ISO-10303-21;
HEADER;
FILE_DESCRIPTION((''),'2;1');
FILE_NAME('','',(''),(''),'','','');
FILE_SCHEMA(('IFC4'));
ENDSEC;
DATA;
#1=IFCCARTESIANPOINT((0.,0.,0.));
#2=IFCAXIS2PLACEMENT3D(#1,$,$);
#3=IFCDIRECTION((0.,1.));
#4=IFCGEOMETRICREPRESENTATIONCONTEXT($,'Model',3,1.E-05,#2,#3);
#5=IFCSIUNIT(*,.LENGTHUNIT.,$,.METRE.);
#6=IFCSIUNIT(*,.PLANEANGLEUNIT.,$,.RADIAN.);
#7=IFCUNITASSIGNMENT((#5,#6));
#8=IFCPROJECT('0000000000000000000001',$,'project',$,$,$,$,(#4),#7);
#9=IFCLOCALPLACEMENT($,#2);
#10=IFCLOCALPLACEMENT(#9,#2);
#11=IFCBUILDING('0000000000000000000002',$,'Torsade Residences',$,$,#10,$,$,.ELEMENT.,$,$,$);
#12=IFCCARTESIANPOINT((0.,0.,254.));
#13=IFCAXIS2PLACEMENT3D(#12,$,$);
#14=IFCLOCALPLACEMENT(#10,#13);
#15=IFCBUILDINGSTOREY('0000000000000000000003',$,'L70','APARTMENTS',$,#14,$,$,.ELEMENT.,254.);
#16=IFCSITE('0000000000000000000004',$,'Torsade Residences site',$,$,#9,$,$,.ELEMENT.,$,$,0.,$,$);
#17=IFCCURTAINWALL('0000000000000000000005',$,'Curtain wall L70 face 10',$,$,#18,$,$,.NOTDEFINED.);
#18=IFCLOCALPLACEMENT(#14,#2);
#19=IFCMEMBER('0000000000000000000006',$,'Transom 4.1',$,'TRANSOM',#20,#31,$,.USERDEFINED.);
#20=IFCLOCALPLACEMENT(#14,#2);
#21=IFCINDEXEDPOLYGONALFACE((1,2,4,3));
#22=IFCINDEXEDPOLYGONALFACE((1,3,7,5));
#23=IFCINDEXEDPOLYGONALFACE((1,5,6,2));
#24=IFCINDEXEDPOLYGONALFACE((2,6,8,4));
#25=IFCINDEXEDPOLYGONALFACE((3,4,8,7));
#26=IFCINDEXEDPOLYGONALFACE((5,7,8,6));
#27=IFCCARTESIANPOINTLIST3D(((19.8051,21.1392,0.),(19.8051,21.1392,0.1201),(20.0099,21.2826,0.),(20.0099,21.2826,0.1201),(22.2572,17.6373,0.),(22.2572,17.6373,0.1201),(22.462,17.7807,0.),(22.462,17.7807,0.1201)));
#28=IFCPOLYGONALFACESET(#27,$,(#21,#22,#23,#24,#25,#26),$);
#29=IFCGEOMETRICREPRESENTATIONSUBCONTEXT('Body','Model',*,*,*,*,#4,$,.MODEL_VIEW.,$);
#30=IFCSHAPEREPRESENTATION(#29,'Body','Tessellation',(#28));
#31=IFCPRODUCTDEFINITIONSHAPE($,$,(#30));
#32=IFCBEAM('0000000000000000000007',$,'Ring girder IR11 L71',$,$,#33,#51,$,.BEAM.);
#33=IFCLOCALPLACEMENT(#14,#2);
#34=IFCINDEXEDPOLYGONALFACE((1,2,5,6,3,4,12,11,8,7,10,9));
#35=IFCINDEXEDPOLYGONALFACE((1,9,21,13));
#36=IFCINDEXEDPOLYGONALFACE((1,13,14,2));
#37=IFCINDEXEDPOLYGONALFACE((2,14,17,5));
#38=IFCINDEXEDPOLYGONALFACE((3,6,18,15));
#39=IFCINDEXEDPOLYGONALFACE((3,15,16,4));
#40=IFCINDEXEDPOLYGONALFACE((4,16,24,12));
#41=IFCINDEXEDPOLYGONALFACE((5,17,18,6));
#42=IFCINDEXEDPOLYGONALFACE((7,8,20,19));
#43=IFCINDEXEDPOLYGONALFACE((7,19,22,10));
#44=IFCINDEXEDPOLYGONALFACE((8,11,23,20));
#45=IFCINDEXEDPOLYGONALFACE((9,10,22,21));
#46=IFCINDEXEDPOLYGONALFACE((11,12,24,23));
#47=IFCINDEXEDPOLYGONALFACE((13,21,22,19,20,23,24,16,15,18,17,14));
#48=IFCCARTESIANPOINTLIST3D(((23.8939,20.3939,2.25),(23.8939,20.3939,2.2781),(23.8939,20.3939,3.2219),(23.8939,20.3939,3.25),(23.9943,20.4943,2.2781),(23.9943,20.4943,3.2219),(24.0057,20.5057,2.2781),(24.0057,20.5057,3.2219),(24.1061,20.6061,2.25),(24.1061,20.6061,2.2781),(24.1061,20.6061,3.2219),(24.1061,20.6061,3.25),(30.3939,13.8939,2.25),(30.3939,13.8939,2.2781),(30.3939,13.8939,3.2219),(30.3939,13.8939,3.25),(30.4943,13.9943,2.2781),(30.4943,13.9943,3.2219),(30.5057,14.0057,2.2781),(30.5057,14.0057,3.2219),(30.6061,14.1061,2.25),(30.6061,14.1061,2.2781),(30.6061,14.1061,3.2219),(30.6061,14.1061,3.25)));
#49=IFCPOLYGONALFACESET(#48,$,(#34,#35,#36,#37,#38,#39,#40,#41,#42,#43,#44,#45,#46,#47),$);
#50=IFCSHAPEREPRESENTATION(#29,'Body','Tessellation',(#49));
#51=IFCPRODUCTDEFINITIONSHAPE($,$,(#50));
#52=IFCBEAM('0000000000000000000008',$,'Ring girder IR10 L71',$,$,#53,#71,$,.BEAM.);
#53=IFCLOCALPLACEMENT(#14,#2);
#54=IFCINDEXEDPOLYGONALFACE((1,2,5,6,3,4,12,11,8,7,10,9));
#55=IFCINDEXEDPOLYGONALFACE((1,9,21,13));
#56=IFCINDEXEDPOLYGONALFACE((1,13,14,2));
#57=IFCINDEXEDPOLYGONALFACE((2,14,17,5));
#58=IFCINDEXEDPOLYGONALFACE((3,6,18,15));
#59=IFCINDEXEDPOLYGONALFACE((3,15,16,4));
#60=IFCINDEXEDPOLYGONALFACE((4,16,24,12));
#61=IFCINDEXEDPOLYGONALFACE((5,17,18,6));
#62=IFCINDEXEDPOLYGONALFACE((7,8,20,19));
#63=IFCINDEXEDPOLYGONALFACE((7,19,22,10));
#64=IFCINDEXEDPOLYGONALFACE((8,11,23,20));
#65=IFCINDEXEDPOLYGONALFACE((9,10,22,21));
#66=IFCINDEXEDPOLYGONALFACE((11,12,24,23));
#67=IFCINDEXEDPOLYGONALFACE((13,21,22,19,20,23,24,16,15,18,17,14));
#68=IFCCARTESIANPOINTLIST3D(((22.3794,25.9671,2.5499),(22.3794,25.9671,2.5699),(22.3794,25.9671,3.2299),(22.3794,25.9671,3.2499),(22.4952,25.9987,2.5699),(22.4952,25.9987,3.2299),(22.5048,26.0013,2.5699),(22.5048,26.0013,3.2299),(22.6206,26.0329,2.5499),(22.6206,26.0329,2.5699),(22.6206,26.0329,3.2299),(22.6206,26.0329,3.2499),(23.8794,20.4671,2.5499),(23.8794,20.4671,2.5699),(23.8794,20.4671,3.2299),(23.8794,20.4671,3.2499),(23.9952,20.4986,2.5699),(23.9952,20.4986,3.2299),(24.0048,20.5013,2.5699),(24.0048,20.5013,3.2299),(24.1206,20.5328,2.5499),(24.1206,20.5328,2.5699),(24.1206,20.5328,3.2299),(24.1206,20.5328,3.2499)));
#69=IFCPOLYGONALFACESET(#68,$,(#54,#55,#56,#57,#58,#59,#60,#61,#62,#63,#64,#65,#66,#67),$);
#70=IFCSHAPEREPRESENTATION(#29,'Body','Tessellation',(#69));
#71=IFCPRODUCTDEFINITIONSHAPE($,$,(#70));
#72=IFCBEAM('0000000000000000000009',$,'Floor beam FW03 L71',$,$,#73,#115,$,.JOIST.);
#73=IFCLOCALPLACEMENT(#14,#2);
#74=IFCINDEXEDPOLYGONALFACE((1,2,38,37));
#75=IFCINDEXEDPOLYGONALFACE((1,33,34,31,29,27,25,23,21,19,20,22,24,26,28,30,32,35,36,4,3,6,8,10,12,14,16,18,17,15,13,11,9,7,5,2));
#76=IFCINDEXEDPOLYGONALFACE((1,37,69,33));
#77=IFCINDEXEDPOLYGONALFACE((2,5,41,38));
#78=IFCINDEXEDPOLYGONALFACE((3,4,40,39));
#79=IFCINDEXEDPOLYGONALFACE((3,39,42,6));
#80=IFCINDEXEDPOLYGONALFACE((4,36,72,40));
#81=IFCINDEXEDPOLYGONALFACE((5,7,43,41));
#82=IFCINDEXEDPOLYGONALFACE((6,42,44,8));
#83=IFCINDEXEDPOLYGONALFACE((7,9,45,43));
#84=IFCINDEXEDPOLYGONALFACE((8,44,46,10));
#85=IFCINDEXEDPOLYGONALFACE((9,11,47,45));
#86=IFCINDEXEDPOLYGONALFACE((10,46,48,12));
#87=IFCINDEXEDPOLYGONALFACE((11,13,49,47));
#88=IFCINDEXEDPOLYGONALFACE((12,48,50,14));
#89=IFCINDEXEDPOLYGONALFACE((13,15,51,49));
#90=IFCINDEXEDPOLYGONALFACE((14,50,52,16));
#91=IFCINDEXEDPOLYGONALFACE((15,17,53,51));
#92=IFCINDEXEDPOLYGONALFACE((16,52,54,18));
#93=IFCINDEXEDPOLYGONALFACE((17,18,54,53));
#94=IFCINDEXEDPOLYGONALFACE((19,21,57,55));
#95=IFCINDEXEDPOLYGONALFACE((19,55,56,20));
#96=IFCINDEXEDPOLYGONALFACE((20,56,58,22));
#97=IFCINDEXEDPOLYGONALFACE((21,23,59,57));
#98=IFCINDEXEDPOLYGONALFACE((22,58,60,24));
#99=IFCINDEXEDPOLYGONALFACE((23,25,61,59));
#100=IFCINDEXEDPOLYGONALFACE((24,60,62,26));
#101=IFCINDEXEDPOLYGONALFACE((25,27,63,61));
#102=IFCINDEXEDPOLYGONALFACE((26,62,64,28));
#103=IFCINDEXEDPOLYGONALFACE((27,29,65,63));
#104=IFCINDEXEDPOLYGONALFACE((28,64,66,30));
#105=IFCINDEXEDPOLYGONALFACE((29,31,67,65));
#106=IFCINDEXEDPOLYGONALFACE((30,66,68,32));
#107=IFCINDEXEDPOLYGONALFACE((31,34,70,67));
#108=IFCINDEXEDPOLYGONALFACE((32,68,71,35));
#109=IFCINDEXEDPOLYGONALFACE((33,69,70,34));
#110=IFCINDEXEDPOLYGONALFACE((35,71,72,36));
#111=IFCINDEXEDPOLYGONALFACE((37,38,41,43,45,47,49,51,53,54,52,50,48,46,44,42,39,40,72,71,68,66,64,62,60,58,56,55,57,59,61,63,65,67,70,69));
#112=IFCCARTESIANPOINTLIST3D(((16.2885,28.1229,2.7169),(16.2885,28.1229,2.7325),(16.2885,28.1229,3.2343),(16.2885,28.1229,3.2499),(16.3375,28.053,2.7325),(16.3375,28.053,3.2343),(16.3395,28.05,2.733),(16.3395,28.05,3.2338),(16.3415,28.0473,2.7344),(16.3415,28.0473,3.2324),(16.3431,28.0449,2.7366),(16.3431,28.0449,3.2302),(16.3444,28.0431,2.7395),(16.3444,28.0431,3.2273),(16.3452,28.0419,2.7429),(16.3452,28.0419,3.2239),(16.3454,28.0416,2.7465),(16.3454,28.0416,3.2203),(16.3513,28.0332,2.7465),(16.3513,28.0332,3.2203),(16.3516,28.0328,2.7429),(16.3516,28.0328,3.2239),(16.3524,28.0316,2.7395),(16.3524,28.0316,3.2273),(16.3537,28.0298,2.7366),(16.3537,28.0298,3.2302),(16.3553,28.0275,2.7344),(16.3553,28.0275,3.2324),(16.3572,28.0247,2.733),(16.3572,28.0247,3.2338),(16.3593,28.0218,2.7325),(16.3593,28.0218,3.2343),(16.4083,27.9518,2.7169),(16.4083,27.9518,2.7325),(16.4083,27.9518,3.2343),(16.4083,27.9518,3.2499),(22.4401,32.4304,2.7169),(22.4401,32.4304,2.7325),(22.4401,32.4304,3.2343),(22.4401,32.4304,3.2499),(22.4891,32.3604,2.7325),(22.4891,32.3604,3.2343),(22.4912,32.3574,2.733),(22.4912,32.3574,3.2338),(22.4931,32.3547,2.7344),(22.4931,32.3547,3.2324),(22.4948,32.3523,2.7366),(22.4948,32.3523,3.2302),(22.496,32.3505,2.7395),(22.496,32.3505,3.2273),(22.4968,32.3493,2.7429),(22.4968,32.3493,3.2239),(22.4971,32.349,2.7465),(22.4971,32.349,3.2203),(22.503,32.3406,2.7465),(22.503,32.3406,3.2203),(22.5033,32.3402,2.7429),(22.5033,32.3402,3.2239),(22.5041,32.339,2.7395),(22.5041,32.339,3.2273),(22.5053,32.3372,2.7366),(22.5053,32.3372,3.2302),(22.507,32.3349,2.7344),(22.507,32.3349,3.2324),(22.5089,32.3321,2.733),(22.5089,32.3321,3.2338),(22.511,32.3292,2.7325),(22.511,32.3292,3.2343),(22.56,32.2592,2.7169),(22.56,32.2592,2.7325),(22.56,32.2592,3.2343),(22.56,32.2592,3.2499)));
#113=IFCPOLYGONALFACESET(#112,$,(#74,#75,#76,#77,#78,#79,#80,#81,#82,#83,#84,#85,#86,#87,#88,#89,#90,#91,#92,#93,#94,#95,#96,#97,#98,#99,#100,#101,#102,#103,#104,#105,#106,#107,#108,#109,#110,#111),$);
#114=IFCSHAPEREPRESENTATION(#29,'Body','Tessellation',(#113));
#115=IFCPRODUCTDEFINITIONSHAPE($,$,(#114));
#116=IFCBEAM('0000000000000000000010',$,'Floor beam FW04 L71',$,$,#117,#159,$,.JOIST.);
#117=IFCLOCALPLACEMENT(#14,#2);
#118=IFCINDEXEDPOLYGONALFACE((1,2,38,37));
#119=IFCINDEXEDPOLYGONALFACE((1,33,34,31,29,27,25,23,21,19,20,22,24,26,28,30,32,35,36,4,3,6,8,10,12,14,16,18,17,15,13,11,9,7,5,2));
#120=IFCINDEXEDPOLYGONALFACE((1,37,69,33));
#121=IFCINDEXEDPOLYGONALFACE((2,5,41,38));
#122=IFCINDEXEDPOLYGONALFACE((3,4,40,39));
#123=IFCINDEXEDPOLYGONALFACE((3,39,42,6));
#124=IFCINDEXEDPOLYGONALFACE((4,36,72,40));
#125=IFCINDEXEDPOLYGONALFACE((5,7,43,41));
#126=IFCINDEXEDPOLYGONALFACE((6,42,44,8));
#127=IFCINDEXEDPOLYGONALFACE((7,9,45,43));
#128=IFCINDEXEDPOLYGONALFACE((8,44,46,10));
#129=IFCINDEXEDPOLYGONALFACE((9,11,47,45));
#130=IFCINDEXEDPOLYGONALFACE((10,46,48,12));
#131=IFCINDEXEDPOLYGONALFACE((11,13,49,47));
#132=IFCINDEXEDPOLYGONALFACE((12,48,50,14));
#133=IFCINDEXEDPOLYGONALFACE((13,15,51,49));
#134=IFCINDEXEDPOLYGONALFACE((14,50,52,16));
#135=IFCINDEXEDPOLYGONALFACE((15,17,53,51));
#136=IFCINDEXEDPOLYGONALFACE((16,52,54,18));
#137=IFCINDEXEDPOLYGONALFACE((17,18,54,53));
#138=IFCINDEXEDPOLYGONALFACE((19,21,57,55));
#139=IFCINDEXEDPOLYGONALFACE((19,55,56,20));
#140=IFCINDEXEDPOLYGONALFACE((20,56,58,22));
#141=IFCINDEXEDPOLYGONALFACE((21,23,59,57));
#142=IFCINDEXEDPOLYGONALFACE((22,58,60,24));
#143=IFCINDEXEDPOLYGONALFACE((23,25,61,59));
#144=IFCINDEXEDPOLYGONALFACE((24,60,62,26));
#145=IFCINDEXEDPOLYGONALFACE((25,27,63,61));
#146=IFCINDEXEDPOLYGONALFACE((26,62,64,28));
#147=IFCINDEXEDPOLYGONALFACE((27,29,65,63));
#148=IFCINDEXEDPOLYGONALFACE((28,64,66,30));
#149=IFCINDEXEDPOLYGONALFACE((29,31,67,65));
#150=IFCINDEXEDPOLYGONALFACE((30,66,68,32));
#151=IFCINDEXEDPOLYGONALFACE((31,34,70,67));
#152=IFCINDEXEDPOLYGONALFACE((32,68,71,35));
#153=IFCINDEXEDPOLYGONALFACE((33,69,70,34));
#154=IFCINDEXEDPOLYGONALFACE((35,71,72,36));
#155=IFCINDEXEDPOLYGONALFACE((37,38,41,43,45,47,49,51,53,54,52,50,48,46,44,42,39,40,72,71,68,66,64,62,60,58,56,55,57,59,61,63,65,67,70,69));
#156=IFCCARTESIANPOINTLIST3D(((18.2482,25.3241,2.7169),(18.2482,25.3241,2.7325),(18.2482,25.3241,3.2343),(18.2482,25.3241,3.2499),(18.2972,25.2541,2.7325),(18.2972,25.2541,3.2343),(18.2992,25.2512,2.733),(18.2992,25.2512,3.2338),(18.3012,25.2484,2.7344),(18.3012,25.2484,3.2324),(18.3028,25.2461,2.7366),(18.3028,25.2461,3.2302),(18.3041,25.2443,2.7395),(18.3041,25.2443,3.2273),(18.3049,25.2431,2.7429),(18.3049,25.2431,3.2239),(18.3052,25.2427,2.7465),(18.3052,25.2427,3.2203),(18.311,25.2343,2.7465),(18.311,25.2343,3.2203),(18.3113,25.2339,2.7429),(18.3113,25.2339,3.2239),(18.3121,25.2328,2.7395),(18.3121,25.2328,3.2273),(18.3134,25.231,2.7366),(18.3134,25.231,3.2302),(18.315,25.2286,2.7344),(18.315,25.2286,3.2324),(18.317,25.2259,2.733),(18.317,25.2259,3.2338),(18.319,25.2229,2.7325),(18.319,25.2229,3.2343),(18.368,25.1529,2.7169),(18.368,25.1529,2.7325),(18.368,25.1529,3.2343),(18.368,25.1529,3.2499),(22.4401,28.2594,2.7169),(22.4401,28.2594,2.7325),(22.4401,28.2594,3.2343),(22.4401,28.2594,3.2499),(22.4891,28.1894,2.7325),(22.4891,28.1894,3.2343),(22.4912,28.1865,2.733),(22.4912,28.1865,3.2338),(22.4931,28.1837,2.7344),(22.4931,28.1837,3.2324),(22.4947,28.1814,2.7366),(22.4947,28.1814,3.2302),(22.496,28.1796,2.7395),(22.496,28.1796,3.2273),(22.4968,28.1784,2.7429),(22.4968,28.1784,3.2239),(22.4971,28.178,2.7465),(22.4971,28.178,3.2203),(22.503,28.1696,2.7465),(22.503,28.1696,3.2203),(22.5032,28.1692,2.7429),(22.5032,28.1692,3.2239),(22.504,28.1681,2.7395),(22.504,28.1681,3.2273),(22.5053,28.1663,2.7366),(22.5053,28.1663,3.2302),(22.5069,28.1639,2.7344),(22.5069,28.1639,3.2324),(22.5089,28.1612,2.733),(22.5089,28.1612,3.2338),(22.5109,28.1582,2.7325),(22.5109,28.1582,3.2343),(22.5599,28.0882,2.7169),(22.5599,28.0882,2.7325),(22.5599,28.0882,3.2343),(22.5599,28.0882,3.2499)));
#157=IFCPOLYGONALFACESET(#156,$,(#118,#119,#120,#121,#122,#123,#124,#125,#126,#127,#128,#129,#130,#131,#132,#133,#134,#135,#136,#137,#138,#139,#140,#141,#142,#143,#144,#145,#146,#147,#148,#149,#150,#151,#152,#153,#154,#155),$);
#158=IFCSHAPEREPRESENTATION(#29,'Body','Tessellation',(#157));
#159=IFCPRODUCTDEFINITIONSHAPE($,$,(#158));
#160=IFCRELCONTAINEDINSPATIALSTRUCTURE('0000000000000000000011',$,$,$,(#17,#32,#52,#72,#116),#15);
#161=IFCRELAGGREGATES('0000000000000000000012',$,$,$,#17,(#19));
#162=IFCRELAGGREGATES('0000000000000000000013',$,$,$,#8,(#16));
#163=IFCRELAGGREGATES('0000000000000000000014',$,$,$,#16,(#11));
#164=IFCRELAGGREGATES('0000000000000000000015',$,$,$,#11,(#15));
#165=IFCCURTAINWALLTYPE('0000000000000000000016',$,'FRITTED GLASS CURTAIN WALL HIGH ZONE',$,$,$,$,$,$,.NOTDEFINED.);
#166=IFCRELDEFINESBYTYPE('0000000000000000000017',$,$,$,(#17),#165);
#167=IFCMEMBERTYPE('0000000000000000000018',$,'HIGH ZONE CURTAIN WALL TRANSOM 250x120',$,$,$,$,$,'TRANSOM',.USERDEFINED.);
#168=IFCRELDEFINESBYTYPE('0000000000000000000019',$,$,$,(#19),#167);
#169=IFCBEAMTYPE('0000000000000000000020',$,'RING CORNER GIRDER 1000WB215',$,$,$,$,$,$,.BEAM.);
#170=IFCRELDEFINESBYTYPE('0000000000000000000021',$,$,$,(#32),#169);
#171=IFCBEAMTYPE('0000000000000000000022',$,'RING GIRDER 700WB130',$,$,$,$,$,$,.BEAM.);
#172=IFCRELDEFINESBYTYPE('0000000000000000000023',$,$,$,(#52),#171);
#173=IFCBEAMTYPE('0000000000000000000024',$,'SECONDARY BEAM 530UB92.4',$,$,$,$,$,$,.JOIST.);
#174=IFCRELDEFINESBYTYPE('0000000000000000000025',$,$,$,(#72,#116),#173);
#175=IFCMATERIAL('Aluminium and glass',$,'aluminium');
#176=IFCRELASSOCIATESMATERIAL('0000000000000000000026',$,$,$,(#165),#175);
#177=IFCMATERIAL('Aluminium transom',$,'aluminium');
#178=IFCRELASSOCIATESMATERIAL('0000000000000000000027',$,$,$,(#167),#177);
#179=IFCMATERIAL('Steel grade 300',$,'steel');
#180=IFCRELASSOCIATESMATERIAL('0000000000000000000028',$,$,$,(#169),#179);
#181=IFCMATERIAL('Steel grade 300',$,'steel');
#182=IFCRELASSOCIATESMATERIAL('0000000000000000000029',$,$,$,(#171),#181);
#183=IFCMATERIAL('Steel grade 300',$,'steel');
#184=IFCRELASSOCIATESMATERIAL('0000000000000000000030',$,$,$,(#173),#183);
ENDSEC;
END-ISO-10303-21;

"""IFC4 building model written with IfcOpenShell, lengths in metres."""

from ifc_helpers import new_model, si_unit, direction, frame, origin, origin_2d, place, context, subcontext, project, spatial, rectangle, i_section, extrude, material, material_profile, profile_set, type_object, element, aggregate, save


model = new_model("IFC4")

# Units and contexts
model_context = context("Model", 3, precision=1e-05, world=origin(), true_north=direction((0.0, 1.0)))
body_context = subcontext(model_context, "Body", "Model", "MODEL_VIEW")
ifc_project = project(units=[si_unit("LENGTHUNIT", "METRE"), si_unit("PLANEANGLEUNIT", "RADIAN")], contexts=[model_context])

# Site, building, storey
site_placement = place(None, origin())
site = spatial("IfcSite", under=ifc_project, at=site_placement, Name="Torsade Residences site", CompositionType="ELEMENT", RefElevation=0.0)
building_placement = place(site_placement, origin())
building = spatial("IfcBuilding", under=site, at=building_placement, Name="Torsade Residences", CompositionType="ELEMENT")
storey_placement = place(building_placement, frame((0.0, 0.0, 254.0)))
storey = spatial("IfcBuildingStorey", under=building, at=storey_placement, Name="L70", Description="APARTMENTS", CompositionType="ELEMENT", Elevation=254.0)

# Curtain wall, member
ifc_material_1 = material(Name="Aluminium and glass", Category="aluminium")
curtain_wall_type = type_object("IfcCurtainWallType", Name="FRITTED GLASS CURTAIN WALL HIGH ZONE", PredefinedType="NOTDEFINED", material=ifc_material_1)
curtain_wall_placement = place(storey_placement, origin())
curtain_wall = element("IfcCurtainWall", 1, at=curtain_wall_placement, inside=storey, type_object=curtain_wall_type, Name="Curtain wall L70 face 10", PredefinedType="NOTDEFINED")
ifc_material_2 = material(Name="Aluminium transom", Category="aluminium")
ifc_material_profile_1 = material_profile(ifc_material_2, rectangle(XDim=0.25, YDim=0.1201, at=origin_2d()), Name="HIGH ZONE CURTAIN WALL TRANSOM 250x120")
ifc_profile_set_1 = profile_set([ifc_material_profile_1], Name="Aluminium transom")
member_type_1 = type_object("IfcMemberType", Name="HIGH ZONE CURTAIN WALL TRANSOM 250x120", ElementType="TRANSOM", PredefinedType="USERDEFINED", material=ifc_profile_set_1)
member_1_placement = place(storey_placement, frame((19.9075, 21.2109, 0.0601), z_axis=(0.573585, -0.819146, 0.0), x_axis=(0.819146, 0.573585, 0.0)))
member_1 = element("IfcMember", 2, at=member_1_placement, type_object=member_type_1, Name="Transom 4.1", ObjectType="TRANSOM", PredefinedType="USERDEFINED", context=body_context, shape_type="SweptSolid", body=[
    extrude(rectangle(XDim=0.25, YDim=0.1201, at=origin_2d()), origin(), (0.0, 0.0, 1.0), 4.2751),
])

# Beams
ifc_material_3 = material(Name="Steel grade 300", Category="steel")
ifc_material_profile_2 = material_profile(ifc_material_3, i_section(OverallWidth=0.3, OverallDepth=1.0, WebThickness=0.0161, FlangeThickness=0.0281, at=origin_2d()), Name="1000WB215")
ifc_profile_set_2 = profile_set([ifc_material_profile_2], Name="Steel grade 300")
beam_type_1 = type_object("IfcBeamType", Name="RING CORNER GIRDER 1000WB215", PredefinedType="BEAM", material=ifc_profile_set_2)
beam_1_placement = place(storey_placement, frame((24.0, 20.5, 2.75), z_axis=(0.707107, -0.707107, 0.0), x_axis=(0.707107, 0.707107, 0.0)))
element("IfcBeam", 3, at=beam_1_placement, inside=storey, type_object=beam_type_1, Name="Ring girder IR11 L71", PredefinedType="BEAM", context=body_context, shape_type="SweptSolid", body=[
    extrude(i_section(OverallWidth=0.3, OverallDepth=1.0, WebThickness=0.0161, FlangeThickness=0.0281, at=origin_2d()), origin(), (0.0, 0.0, 1.0), 9.1924),
])
ifc_material_4 = material(Name="Steel grade 300", Category="steel")
ifc_material_profile_3 = material_profile(ifc_material_4, i_section(OverallWidth=0.25, OverallDepth=0.7, WebThickness=0.01, FlangeThickness=0.02, at=origin_2d()), Name="700WB130")
ifc_profile_set_3 = profile_set([ifc_material_profile_3], Name="Steel grade 300")
beam_type_2 = type_object("IfcBeamType", Name="RING GIRDER 700WB130", PredefinedType="BEAM", material=ifc_profile_set_3)
beam_2_placement = place(storey_placement, frame((22.5, 26.0, 2.8999), z_axis=(0.263117, -0.964764, 0.0), x_axis=(0.964764, 0.263117, 0.0)))
element("IfcBeam", 4, at=beam_2_placement, inside=storey, type_object=beam_type_2, Name="Ring girder IR10 L71", PredefinedType="BEAM", context=body_context, shape_type="SweptSolid", body=[
    extrude(i_section(OverallWidth=0.25, OverallDepth=0.7, WebThickness=0.01, FlangeThickness=0.02, at=origin_2d()), origin(), (0.0, 0.0, 1.0), 5.7009),
])
ifc_material_5 = material(Name="Steel grade 300", Category="steel")
ifc_material_profile_4 = material_profile(ifc_material_5, i_section(OverallWidth=0.209, OverallDepth=0.533, WebThickness=0.0103, FlangeThickness=0.0156, FilletRadius=0.0139, at=origin_2d()), Name="530UB92.4")
ifc_profile_set_4 = profile_set([ifc_material_profile_4], Name="Steel grade 300")
beam_type_3 = type_object("IfcBeamType", Name="SECONDARY BEAM 530UB92.4", PredefinedType="JOIST", material=ifc_profile_set_4)
beam_3_placement = place(storey_placement, frame((16.3484, 28.0374, 2.9834), z_axis=(0.819154, 0.573574, 0.0), x_axis=(-0.573574, 0.819154, 0.0)))
element("IfcBeam", 5, at=beam_3_placement, inside=storey, type_object=beam_type_3, Name="Floor beam FW03 L71", PredefinedType="JOIST", context=body_context, shape_type="SweptSolid", body=[
    extrude(i_section(OverallWidth=0.209, OverallDepth=0.533, WebThickness=0.0103, FlangeThickness=0.0156, FilletRadius=0.0139, at=origin_2d()), origin(), (0.0, 0.0, 1.0), 7.5098),
])
beam_4_placement = place(storey_placement, frame((18.3081, 25.2385, 2.9834), z_axis=(0.819142, 0.57359, 0.0), x_axis=(-0.57359, 0.819142, 0.0)))
element("IfcBeam", 6, at=beam_4_placement, inside=storey, type_object=beam_type_3, Name="Floor beam FW04 L71", PredefinedType="JOIST", context=body_context, shape_type="SweptSolid", body=[
    extrude(i_section(OverallWidth=0.209, OverallDepth=0.533, WebThickness=0.0103, FlangeThickness=0.0156, FilletRadius=0.0139, at=origin_2d()), origin(), (0.0, 0.0, 1.0), 5.1174),
])

aggregate(curtain_wall, [member_1])

save(model, "model.ifc")
